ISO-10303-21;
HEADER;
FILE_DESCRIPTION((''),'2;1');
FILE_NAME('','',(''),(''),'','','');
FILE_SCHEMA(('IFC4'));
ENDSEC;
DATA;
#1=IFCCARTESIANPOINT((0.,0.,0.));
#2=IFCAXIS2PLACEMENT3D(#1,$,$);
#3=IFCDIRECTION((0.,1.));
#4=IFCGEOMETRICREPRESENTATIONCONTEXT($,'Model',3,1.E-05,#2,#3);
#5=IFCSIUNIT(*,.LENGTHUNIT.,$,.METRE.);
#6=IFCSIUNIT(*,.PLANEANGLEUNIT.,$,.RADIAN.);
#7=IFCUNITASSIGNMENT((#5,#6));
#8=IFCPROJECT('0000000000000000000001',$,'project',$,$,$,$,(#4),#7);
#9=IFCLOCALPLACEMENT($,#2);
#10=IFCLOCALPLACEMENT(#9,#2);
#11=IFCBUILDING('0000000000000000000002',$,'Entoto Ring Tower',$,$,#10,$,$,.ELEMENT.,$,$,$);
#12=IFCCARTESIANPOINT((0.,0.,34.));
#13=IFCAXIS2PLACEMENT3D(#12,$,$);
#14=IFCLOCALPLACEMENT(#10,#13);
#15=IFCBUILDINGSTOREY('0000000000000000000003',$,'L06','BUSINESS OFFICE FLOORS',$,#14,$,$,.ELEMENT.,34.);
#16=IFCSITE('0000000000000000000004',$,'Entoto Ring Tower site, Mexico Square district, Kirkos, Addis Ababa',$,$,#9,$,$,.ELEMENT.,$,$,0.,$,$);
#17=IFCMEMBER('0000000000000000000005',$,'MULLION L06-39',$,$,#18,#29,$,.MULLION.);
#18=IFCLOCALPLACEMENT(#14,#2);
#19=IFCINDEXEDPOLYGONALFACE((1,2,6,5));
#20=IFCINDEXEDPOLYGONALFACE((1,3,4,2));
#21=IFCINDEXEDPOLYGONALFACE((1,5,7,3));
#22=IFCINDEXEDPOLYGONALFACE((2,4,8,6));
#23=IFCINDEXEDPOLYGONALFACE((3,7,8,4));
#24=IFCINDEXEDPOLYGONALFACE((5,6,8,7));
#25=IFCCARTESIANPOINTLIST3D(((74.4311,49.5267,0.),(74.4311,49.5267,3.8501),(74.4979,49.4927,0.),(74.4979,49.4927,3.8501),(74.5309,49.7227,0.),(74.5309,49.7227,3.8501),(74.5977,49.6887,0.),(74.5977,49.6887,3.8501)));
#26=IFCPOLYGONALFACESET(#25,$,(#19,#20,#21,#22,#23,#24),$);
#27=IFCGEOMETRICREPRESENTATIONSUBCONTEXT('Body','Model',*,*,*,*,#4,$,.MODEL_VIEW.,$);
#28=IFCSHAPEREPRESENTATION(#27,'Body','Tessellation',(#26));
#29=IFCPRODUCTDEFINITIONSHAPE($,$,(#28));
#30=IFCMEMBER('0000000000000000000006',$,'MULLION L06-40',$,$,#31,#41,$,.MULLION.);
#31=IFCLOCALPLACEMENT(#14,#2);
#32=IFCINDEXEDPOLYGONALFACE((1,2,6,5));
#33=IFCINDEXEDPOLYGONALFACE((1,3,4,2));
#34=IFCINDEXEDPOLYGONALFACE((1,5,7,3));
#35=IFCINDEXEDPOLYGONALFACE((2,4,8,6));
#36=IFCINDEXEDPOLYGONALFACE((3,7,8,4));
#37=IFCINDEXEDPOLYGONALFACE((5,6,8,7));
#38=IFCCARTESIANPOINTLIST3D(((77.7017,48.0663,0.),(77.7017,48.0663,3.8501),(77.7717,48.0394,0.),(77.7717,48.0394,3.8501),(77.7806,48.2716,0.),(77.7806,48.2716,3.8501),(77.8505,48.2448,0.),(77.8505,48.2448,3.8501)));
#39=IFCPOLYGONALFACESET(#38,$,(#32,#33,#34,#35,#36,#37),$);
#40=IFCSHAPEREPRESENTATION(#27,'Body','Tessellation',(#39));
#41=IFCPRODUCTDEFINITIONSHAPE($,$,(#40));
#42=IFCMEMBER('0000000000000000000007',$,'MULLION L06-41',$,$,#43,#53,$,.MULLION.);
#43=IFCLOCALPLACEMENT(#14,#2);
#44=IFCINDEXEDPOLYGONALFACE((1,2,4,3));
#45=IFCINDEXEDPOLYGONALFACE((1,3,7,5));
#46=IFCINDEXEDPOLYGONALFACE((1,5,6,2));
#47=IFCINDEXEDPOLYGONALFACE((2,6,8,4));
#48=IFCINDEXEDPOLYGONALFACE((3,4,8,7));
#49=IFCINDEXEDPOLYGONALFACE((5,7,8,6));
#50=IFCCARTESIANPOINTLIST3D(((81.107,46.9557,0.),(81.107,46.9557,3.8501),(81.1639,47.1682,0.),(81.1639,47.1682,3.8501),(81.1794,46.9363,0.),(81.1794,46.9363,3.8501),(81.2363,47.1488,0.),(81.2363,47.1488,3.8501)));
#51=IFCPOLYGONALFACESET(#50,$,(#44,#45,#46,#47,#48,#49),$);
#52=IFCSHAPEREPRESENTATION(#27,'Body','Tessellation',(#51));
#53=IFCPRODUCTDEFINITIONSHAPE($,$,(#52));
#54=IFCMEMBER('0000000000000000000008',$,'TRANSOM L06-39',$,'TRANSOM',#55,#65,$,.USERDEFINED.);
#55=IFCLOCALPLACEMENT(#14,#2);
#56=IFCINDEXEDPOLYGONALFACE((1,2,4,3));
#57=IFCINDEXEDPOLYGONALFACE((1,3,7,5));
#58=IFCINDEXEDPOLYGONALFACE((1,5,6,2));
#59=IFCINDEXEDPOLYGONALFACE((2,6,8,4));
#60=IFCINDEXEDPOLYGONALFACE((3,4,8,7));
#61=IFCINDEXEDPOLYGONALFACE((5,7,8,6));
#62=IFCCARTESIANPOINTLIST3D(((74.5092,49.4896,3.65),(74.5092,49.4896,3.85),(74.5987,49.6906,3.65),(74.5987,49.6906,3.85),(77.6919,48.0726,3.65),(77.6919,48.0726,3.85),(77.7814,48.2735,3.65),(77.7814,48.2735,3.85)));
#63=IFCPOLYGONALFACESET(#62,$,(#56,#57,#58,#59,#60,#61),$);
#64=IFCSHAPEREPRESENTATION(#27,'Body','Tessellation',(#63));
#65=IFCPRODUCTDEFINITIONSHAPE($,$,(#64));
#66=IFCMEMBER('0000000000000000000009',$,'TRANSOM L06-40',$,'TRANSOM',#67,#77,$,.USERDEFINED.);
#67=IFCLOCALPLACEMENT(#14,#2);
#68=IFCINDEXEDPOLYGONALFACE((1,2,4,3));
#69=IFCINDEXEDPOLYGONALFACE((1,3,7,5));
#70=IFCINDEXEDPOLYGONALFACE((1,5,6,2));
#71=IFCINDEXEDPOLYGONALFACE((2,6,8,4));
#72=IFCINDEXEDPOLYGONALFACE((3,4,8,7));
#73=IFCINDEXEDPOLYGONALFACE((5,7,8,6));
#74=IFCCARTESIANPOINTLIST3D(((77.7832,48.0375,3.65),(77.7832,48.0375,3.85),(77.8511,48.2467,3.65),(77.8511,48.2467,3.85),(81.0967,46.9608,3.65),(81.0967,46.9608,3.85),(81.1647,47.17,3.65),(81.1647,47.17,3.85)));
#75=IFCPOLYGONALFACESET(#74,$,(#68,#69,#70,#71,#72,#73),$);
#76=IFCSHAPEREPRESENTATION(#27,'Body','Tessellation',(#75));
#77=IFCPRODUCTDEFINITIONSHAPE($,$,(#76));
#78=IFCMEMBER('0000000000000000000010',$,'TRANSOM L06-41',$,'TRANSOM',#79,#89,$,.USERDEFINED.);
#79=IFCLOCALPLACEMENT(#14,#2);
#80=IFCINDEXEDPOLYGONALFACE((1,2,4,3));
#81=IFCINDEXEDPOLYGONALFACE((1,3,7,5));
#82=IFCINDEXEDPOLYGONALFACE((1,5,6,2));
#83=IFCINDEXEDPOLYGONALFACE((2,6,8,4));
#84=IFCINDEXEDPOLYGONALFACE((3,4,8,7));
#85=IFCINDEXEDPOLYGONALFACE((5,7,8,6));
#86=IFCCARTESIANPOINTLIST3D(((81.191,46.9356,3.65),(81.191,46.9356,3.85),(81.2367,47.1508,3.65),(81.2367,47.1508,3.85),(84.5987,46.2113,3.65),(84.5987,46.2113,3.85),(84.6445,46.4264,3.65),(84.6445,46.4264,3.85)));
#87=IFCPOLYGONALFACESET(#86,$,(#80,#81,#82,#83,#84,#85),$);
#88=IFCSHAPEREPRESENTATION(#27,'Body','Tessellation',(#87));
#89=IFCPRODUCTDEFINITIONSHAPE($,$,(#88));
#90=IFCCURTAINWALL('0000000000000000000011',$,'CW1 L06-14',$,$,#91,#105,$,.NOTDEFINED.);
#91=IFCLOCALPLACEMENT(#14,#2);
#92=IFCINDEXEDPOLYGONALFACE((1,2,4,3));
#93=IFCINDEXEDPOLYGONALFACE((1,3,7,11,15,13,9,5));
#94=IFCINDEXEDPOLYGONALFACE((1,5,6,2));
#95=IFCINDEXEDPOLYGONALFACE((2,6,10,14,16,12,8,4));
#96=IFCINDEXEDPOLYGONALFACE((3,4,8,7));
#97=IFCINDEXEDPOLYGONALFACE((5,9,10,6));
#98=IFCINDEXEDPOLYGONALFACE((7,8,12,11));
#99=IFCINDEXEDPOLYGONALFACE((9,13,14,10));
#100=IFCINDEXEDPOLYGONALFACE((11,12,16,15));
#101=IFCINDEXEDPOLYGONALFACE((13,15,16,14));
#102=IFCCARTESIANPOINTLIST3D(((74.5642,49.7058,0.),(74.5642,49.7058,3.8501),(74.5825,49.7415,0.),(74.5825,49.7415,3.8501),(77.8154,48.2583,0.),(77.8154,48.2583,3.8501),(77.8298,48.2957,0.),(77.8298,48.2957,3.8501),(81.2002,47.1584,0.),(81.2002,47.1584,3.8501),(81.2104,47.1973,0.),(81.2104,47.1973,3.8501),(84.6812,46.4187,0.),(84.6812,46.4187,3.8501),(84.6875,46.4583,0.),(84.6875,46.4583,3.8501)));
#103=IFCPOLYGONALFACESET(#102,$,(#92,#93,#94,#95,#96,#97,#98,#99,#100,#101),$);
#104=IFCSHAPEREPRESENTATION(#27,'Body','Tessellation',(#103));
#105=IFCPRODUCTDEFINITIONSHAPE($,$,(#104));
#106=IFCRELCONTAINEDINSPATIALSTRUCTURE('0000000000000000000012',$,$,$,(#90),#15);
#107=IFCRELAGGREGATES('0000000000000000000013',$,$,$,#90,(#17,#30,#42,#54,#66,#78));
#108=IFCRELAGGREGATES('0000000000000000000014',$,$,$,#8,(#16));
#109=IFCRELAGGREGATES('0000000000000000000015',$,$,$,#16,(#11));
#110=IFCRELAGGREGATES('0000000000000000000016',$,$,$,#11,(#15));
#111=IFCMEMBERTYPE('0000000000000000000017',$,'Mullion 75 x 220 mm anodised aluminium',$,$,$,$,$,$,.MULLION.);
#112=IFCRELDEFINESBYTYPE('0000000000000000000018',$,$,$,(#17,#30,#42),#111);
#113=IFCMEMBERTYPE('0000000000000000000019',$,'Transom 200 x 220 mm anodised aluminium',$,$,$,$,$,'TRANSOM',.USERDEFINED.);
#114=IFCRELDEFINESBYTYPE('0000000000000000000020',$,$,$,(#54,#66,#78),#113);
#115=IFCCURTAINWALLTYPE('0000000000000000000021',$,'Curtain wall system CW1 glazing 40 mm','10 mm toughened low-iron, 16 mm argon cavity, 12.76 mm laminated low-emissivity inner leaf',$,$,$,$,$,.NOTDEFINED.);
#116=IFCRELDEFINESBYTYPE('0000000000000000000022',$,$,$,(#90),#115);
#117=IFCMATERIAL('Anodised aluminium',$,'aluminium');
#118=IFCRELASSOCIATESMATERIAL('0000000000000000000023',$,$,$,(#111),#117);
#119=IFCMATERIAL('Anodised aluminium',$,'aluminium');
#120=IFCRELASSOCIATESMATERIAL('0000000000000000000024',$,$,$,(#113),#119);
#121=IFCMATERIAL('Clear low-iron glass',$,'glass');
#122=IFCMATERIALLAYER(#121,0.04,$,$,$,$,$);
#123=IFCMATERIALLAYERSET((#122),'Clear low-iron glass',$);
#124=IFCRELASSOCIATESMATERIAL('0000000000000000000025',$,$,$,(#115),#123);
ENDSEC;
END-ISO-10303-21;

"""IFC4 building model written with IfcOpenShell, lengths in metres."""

from ifc_helpers import new_model, si_unit, direction, frame, origin, origin_2d, place, context, subcontext, project, spatial, polyline, rectangle, outline, extrude, material, layer, layer_set, material_profile, profile_set, type_object, element, aggregate, save


model = new_model("IFC4")

# Units and contexts
model_context = context("Model", 3, precision=1e-05, world=origin(), true_north=direction((0.0, 1.0)))
body_context = subcontext(model_context, "Body", "Model", "MODEL_VIEW")
ifc_project = project(units=[si_unit("LENGTHUNIT", "METRE"), si_unit("PLANEANGLEUNIT", "RADIAN")], contexts=[model_context])

# Members
ifc_material_1 = material(Name="Anodised aluminium", Category="aluminium")
ifc_material_profile_1 = material_profile(ifc_material_1, rectangle(XDim=0.075, YDim=0.22, at=origin_2d()), Name="Mullion 75 x 220 mm anodised aluminium")
ifc_profile_set_1 = profile_set([ifc_material_profile_1], Name="Anodised aluminium")
member_type_1 = type_object("IfcMemberType", Name="Mullion 75 x 220 mm anodised aluminium", PredefinedType="MULLION", material=ifc_profile_set_1)
site_placement = place(None, origin())
building_placement = place(site_placement, origin())
storey_placement = place(building_placement, frame((0.0, 0.0, 34.0)))
member_1_placement = place(storey_placement, frame((74.5144, 49.6077, 0.0), z_axis=(0.0, 0.0, 1.0), x_axis=(0.891007, -0.45399, 0.0)))
member_1 = element("IfcMember", 1, at=member_1_placement, type_object=member_type_1, Name="MULLION L06-39", PredefinedType="MULLION", context=body_context, shape_type="SweptSolid", body=[
    extrude(rectangle(XDim=0.075, YDim=0.22, at=origin_2d()), origin(), (0.0, 0.0, 1.0), 3.8501),
])
member_2_placement = place(storey_placement, frame((77.7761, 48.1555, 0.0), z_axis=(0.0, 0.0, 1.0), x_axis=(0.93358, -0.358368, 0.0)))
member_2 = element("IfcMember", 2, at=member_2_placement, type_object=member_type_1, Name="MULLION L06-40", PredefinedType="MULLION", context=body_context, shape_type="SweptSolid", body=[
    extrude(rectangle(XDim=0.075, YDim=0.22, at=origin_2d()), origin(), (0.0, 0.0, 1.0), 3.8501),
])
member_3_placement = place(storey_placement, frame((81.1716, 47.0522, 0.0), z_axis=(0.0, 0.0, 1.0), x_axis=(0.965926, -0.258819, 0.0)))
member_3 = element("IfcMember", 3, at=member_3_placement, type_object=member_type_1, Name="MULLION L06-41", PredefinedType="MULLION", context=body_context, shape_type="SweptSolid", body=[
    extrude(rectangle(XDim=0.075, YDim=0.22, at=origin_2d()), origin(), (0.0, 0.0, 1.0), 3.8501),
])
ifc_material_2 = material(Name="Anodised aluminium", Category="aluminium")
ifc_material_profile_2 = material_profile(ifc_material_2, rectangle(XDim=0.22, YDim=0.2, at=origin_2d()), Name="Transom 200 x 220 mm anodised aluminium")
ifc_profile_set_2 = profile_set([ifc_material_profile_2], Name="Anodised aluminium")
member_type_2 = type_object("IfcMemberType", Name="Transom 200 x 220 mm anodised aluminium", ElementType="TRANSOM", PredefinedType="USERDEFINED", material=ifc_profile_set_2)
member_4_placement = place(storey_placement, frame((74.554, 49.5901, 3.75), z_axis=(0.913545, -0.406737, 0.0), x_axis=(0.406737, 0.913545, 0.0)))
member_4 = element("IfcMember", 4, at=member_4_placement, type_object=member_type_2, Name="TRANSOM L06-39", ObjectType="TRANSOM", PredefinedType="USERDEFINED", context=body_context, shape_type="SweptSolid", body=[
    extrude(rectangle(XDim=0.22, YDim=0.2, at=origin_2d()), origin(), (0.0, 0.0, 1.0), 3.4839),
])
member_5_placement = place(storey_placement, frame((77.8171, 48.1421, 3.75), z_axis=(0.951053, -0.309029, 0.0), x_axis=(0.309029, 0.951053, 0.0)))
member_5 = element("IfcMember", 5, at=member_5_placement, type_object=member_type_2, Name="TRANSOM L06-40", ObjectType="TRANSOM", PredefinedType="USERDEFINED", context=body_context, shape_type="SweptSolid", body=[
    extrude(rectangle(XDim=0.22, YDim=0.2, at=origin_2d()), origin(), (0.0, 0.0, 1.0), 3.4841),
])
member_6_placement = place(storey_placement, frame((81.2139, 47.0432, 3.75), z_axis=(0.978146, -0.207921, 0.0), x_axis=(0.207921, 0.978146, 0.0)))
member_6 = element("IfcMember", 6, at=member_6_placement, type_object=member_type_2, Name="TRANSOM L06-41", ObjectType="TRANSOM", PredefinedType="USERDEFINED", context=body_context, shape_type="SweptSolid", body=[
    extrude(rectangle(XDim=0.22, YDim=0.2, at=origin_2d()), origin(), (0.0, 0.0, 1.0), 3.4839),
])

# Site, building, storey
site = spatial("IfcSite", under=ifc_project, at=site_placement, Name="Entoto Ring Tower site, Mexico Square district, Kirkos, Addis Ababa", CompositionType="ELEMENT", RefElevation=0.0)
building = spatial("IfcBuilding", under=site, at=building_placement, Name="Entoto Ring Tower", CompositionType="ELEMENT")
storey = spatial("IfcBuildingStorey", under=building, at=storey_placement, Name="L06", Description="BUSINESS OFFICE FLOORS", CompositionType="ELEMENT", Elevation=34.0)

# Curtain wall
ifc_material_3 = material(Name="Clear low-iron glass", Category="glass")
ifc_layer = layer(ifc_material_3, 0.04)
ifc_layer_set = layer_set([ifc_layer], Name="Clear low-iron glass")
curtain_wall_type = type_object("IfcCurtainWallType", Name="Curtain wall system CW1 glazing 40 mm", Description="10 mm toughened low-iron, 16 mm argon cavity, 12.76 mm laminated low-emissivity inner leaf", PredefinedType="NOTDEFINED", material=ifc_layer_set)
curtain_wall_1_placement = place(storey_placement, origin())
curtain_wall_1 = element("IfcCurtainWall", 7, at=curtain_wall_1_placement, inside=storey, type_object=curtain_wall_type, Name="CW1 L06-14", PredefinedType="NOTDEFINED", context=body_context, shape_type="SweptSolid", body=[
    extrude(outline(polyline([(74.5642, 49.7058), (77.8154, 48.2583), (81.2002, 47.1584), (84.6812, 46.4187), (84.6875, 46.4583), (81.2104, 47.1973), (77.8298, 48.2957), (74.5825, 49.7415), (74.5642, 49.7058)])), origin(), (0.0, 0.0, 1.0), 3.8501),
])
aggregate(curtain_wall_1, [member_1, member_2, member_3, member_4, member_5, member_6])

save(model, "model.ifc")
